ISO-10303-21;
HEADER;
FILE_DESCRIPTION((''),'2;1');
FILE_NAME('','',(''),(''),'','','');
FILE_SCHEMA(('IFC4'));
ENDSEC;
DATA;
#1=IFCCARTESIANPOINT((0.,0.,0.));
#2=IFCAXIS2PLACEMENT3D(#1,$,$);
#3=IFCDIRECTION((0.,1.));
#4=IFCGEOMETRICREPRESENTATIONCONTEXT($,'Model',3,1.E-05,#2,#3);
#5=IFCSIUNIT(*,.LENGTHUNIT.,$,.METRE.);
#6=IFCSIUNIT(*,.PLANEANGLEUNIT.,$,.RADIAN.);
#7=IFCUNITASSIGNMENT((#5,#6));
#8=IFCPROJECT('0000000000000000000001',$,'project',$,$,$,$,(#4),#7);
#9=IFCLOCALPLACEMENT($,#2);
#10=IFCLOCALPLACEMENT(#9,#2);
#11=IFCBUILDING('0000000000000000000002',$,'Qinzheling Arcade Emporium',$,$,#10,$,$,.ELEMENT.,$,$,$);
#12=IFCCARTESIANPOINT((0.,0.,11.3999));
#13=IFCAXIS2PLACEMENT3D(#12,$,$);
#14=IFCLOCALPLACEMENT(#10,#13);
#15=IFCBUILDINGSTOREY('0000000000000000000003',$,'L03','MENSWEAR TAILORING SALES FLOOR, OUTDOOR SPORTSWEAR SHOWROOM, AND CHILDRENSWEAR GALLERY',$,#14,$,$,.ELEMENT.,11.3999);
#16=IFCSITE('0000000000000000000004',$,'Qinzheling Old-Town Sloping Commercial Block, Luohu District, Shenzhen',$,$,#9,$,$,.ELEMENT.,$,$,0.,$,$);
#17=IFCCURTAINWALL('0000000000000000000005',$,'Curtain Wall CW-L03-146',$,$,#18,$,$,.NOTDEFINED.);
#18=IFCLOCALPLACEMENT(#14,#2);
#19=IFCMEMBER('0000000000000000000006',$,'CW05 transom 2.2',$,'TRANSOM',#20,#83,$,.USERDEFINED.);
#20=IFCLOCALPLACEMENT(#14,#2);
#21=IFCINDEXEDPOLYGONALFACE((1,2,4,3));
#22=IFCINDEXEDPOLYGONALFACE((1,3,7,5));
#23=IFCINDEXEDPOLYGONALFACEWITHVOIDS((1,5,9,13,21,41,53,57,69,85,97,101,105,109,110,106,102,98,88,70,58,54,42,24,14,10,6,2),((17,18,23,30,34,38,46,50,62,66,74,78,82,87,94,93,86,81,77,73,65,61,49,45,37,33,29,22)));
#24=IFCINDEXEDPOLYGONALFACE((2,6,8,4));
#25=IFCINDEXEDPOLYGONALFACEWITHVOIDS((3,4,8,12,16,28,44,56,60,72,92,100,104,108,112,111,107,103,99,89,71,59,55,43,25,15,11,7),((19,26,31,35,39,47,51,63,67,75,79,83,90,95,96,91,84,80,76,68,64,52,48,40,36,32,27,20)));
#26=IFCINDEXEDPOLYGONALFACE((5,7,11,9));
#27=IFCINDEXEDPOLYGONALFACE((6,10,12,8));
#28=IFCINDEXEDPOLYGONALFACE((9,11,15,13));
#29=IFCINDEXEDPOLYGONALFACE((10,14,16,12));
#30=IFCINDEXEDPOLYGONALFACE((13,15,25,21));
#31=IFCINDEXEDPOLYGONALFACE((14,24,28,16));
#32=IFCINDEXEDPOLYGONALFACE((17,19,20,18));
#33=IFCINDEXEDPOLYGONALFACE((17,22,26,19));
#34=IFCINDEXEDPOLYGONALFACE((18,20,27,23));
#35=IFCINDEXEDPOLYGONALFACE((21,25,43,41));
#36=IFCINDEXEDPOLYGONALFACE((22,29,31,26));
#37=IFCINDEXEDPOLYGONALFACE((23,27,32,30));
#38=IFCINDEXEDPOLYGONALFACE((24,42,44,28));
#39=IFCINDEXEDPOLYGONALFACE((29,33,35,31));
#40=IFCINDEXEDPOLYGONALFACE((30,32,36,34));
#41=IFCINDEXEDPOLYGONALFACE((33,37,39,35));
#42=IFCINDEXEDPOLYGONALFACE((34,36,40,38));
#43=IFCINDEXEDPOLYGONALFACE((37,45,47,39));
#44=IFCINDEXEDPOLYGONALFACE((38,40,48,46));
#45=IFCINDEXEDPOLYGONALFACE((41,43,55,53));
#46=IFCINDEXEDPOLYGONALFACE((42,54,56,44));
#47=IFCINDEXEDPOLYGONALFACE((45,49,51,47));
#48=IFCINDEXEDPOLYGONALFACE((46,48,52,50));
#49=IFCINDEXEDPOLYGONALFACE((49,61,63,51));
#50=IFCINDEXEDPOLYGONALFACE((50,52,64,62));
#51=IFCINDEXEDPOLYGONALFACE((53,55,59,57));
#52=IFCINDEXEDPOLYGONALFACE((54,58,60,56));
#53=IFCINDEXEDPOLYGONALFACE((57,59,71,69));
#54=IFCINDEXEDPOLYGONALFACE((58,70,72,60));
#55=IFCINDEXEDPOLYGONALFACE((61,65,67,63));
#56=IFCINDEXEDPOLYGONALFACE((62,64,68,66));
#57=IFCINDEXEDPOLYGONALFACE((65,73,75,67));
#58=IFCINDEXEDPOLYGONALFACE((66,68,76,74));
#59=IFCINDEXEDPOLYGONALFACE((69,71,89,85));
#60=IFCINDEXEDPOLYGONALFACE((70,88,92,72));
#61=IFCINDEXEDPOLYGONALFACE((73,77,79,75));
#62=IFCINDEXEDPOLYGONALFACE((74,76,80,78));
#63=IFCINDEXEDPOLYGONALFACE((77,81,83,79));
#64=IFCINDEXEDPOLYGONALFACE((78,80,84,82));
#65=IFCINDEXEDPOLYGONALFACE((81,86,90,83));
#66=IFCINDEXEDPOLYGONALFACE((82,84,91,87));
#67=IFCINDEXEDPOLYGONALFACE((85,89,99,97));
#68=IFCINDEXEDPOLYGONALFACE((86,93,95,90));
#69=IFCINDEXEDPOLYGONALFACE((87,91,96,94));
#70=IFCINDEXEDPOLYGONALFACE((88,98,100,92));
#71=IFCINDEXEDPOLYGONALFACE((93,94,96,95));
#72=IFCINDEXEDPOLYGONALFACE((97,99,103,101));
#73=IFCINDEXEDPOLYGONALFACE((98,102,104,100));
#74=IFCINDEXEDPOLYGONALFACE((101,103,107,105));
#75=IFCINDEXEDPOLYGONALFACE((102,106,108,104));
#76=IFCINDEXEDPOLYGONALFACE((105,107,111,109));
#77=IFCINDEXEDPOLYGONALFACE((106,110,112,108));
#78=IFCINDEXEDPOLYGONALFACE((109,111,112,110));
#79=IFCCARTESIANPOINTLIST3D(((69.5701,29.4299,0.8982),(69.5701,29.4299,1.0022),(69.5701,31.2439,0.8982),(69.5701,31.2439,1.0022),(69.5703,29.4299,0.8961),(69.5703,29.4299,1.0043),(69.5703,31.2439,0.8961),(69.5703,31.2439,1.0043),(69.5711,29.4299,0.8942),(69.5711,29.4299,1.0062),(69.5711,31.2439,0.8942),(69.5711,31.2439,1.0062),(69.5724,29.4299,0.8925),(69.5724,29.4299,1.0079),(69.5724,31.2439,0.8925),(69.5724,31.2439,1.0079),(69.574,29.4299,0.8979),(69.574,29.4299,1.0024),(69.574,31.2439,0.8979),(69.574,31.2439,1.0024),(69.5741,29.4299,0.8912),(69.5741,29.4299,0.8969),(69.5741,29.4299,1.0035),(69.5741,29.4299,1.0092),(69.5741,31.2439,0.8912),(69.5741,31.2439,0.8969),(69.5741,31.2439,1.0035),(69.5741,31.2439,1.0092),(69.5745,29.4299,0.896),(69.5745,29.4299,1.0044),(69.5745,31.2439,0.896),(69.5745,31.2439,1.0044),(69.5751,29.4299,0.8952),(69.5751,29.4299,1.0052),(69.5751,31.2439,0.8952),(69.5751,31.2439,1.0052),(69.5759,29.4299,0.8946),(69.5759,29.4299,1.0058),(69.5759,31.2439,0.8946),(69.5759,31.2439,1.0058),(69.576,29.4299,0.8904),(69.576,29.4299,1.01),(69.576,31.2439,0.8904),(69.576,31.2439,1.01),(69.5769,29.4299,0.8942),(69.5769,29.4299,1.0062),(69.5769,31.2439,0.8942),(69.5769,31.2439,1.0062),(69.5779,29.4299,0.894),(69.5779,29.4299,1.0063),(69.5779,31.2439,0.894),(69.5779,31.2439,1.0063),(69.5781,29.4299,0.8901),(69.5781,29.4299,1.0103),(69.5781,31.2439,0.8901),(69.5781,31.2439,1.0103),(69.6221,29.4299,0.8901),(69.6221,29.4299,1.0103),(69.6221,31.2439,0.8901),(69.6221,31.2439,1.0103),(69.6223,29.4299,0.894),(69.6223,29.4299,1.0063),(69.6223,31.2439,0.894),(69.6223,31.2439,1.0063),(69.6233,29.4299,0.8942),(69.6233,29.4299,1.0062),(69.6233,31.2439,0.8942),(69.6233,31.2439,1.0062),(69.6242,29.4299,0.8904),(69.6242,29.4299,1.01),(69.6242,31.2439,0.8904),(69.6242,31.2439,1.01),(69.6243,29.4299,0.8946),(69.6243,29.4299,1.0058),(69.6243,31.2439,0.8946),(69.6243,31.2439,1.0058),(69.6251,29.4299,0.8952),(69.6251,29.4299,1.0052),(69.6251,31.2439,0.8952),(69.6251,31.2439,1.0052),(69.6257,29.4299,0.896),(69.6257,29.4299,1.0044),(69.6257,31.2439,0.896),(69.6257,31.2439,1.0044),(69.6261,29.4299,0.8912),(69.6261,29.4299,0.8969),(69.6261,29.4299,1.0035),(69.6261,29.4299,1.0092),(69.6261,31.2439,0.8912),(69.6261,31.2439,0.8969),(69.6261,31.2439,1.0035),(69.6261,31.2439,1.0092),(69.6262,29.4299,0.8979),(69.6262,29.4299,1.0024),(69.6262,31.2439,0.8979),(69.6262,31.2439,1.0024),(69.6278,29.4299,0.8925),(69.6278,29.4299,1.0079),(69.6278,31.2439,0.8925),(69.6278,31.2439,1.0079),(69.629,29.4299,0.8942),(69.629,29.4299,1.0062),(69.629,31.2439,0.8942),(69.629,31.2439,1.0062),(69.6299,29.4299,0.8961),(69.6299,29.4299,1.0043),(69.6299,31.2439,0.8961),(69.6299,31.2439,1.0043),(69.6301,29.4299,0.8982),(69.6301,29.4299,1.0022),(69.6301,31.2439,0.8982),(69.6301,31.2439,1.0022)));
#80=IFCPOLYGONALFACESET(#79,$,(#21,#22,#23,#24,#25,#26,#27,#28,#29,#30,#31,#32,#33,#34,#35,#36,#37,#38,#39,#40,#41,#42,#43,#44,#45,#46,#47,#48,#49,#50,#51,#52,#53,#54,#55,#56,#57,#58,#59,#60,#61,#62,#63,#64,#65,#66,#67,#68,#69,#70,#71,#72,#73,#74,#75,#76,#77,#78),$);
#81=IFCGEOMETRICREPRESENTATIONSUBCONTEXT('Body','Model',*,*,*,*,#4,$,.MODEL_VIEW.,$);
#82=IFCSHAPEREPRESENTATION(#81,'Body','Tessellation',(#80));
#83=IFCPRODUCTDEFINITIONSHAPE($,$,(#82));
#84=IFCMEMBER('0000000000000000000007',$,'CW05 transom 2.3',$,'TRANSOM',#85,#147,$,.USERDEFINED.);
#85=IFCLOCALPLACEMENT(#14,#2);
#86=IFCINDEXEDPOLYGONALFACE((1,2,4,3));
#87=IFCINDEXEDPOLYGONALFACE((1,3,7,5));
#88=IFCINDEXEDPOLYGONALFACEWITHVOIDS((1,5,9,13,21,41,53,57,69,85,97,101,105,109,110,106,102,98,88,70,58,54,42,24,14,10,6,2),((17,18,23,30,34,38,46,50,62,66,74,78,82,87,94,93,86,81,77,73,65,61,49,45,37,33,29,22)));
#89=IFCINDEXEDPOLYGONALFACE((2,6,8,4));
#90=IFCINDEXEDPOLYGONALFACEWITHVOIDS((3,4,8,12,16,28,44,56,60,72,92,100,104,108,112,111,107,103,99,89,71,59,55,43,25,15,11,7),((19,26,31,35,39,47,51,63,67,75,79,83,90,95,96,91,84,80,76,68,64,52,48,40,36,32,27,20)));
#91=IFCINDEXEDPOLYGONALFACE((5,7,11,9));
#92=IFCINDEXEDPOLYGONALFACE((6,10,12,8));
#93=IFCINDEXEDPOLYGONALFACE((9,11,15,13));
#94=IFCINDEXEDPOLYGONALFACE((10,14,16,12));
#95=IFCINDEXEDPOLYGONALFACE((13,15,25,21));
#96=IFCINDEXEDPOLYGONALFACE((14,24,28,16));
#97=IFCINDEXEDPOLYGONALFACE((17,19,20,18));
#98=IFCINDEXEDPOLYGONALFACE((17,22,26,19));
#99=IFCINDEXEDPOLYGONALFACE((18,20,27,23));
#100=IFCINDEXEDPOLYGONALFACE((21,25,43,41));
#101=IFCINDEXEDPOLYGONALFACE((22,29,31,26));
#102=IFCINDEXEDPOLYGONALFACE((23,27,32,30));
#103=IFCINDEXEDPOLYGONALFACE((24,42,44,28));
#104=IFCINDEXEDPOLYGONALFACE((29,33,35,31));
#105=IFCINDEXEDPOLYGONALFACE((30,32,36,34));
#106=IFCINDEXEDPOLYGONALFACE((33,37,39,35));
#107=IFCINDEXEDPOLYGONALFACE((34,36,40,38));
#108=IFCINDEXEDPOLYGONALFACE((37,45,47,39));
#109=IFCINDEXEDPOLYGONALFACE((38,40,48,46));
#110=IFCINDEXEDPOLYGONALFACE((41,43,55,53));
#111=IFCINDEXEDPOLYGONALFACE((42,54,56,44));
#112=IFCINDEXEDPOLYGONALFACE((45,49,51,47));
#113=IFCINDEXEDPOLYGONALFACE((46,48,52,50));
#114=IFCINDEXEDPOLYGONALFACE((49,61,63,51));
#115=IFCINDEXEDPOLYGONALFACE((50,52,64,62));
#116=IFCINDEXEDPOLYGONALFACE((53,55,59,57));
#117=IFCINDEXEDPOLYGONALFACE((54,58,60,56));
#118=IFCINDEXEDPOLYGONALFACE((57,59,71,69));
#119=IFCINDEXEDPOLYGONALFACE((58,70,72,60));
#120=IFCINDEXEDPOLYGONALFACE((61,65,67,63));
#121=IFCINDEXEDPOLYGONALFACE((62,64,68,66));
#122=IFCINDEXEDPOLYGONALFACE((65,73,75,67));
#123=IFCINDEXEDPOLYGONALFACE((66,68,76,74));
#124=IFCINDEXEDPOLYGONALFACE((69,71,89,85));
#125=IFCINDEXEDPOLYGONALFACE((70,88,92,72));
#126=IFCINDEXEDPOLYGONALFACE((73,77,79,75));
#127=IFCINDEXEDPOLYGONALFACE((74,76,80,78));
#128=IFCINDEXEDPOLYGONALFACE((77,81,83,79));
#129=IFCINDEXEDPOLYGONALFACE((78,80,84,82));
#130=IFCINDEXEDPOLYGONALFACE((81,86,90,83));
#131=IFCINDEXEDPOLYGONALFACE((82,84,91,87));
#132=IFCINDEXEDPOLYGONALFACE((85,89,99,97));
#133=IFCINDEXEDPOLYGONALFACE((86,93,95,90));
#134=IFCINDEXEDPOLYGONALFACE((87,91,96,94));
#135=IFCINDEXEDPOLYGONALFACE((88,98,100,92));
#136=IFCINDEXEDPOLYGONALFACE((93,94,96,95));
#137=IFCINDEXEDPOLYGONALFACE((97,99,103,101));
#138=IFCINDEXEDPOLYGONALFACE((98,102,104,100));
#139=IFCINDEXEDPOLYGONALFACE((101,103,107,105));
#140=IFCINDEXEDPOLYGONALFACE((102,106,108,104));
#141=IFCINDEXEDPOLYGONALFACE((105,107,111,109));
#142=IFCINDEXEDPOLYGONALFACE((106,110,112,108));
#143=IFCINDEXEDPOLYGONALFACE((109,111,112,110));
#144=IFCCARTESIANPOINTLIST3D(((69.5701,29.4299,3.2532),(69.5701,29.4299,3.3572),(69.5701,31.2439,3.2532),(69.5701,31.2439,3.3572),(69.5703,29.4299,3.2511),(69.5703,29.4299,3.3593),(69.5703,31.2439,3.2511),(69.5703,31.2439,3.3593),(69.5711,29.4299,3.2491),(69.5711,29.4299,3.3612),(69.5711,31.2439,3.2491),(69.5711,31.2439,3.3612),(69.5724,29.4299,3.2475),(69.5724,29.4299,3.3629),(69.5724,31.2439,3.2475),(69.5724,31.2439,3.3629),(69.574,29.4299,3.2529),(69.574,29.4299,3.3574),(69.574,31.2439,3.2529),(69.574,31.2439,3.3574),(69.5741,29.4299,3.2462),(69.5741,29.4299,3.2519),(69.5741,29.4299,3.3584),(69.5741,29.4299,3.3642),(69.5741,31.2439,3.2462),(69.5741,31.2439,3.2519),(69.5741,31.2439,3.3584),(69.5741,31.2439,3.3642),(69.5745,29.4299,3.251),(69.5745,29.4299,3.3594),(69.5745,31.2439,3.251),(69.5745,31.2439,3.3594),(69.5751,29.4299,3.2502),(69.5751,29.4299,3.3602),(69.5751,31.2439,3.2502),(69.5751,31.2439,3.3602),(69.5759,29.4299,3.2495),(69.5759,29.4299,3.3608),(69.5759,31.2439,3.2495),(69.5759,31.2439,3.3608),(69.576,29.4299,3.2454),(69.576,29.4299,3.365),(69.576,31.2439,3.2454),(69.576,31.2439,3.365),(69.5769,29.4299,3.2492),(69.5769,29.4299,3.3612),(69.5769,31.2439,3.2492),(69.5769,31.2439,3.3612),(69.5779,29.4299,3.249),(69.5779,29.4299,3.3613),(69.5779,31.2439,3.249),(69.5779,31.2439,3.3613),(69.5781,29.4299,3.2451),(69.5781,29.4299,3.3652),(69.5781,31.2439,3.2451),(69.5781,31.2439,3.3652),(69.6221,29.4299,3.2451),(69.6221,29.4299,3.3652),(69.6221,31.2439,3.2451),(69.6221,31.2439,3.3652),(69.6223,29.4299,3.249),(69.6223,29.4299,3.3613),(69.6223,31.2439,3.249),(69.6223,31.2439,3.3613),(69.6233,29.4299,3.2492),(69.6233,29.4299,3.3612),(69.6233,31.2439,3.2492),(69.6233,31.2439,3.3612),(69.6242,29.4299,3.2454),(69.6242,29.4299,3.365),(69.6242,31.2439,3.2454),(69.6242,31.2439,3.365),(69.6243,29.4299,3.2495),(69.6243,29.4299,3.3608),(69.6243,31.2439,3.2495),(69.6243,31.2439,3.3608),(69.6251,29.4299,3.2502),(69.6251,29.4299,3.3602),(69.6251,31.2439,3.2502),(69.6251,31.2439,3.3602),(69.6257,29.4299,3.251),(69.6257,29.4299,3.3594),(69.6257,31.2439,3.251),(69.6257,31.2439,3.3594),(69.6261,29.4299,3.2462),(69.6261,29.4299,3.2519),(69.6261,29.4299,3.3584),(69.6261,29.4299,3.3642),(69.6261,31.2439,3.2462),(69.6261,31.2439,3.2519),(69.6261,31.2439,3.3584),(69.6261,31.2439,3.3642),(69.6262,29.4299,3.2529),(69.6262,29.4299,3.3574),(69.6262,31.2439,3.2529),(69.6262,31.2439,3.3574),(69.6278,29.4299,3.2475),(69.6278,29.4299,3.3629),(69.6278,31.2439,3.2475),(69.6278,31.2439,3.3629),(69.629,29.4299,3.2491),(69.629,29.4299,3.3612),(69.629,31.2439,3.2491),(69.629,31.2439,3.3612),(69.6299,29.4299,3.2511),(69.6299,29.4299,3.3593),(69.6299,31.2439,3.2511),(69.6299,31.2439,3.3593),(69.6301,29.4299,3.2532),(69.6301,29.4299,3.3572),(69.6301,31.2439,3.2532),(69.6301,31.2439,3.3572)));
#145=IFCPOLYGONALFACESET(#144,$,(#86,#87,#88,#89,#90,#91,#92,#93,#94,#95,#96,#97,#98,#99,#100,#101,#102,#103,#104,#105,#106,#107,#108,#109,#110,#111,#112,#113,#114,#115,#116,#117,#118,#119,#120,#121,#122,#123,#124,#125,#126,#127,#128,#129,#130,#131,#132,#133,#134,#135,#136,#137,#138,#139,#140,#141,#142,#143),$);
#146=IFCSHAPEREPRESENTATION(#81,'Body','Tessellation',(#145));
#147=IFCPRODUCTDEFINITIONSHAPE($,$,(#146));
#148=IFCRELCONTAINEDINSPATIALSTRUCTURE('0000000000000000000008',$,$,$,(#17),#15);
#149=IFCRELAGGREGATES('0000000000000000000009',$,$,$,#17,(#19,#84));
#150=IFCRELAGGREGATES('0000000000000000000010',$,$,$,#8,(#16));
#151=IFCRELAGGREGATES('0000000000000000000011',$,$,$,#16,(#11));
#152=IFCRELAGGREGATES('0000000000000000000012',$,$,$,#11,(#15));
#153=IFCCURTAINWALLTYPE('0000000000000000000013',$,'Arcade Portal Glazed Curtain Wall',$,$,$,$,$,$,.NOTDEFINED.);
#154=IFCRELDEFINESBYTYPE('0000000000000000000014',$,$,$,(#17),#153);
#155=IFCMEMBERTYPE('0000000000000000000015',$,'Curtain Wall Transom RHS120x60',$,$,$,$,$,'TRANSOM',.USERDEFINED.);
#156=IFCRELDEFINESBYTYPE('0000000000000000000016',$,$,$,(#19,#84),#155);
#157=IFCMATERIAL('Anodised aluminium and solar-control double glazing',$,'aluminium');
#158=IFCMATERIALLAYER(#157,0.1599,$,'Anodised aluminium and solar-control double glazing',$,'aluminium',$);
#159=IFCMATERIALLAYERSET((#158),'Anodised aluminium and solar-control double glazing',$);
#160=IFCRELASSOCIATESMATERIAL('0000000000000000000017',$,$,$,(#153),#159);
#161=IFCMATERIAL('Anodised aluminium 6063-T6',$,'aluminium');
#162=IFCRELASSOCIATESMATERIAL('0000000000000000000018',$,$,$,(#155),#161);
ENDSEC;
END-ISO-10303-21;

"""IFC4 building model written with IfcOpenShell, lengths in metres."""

from ifc_helpers import new_model, si_unit, direction, frame, origin, origin_2d, place, context, subcontext, project, spatial, hollow_rectangle, extrude, material, layer, layer_set, material_profile, profile_set, type_object, element, aggregate, save


model = new_model("IFC4")

# Units and contexts
model_context = context("Model", 3, precision=1e-05, world=origin(), true_north=direction((0.0, 1.0)))
body_context = subcontext(model_context, "Body", "Model", "MODEL_VIEW")
ifc_project = project(units=[si_unit("LENGTHUNIT", "METRE"), si_unit("PLANEANGLEUNIT", "RADIAN")], contexts=[model_context])

# Site, building, storey
site_placement = place(None, origin())
site = spatial("IfcSite", under=ifc_project, at=site_placement, Name="Qinzheling Old-Town Sloping Commercial Block, Luohu District, Shenzhen", CompositionType="ELEMENT", RefElevation=0.0)
building_placement = place(site_placement, origin())
building = spatial("IfcBuilding", under=site, at=building_placement, Name="Qinzheling Arcade Emporium", CompositionType="ELEMENT")
storey_placement = place(building_placement, frame((0.0, 0.0, 11.3999)))
storey = spatial("IfcBuildingStorey", under=building, at=storey_placement, Name="L03", Description="MENSWEAR TAILORING SALES FLOOR, OUTDOOR SPORTSWEAR SHOWROOM, AND CHILDRENSWEAR GALLERY", CompositionType="ELEMENT", Elevation=11.3999)

# Shared definitions
ifc_material_1 = material(Name="Anodised aluminium and solar-control double glazing", Category="aluminium")
ifc_layer_1 = layer(ifc_material_1, 0.1599, Name="Anodised aluminium and solar-control double glazing", Category="aluminium")
ifc_layer_set_1 = layer_set([ifc_layer_1], Name="Anodised aluminium and solar-control double glazing")
curtain_wall_type = type_object("IfcCurtainWallType", Name="Arcade Portal Glazed Curtain Wall", PredefinedType="NOTDEFINED", material=ifc_layer_set_1)
ifc_material_2 = material(Name="Anodised aluminium 6063-T6", Category="aluminium")

# Curtain wall, members
curtain_wall_1_placement = place(storey_placement, origin())
curtain_wall_1 = element("IfcCurtainWall", 1, at=curtain_wall_1_placement, inside=storey, type_object=curtain_wall_type, Name="Curtain Wall CW-L03-146", PredefinedType="NOTDEFINED")
ifc_material_profile_1 = material_profile(ifc_material_2, hollow_rectangle(XDim=0.0601, YDim=0.1201, WallThickness=0.0039, InnerFilletRadius=0.0039, OuterFilletRadius=0.0081, at=origin_2d()), Name="RHS 120x60x4", Category="aluminium")
ifc_profile_set_1 = profile_set([ifc_material_profile_1], Name="Anodised aluminium 6063-T6")
member_type_1 = type_object("IfcMemberType", Name="Curtain Wall Transom RHS120x60", ElementType="TRANSOM", PredefinedType="USERDEFINED", material=ifc_profile_set_1)
member_1_placement = place(storey_placement, frame((69.6001, 31.2439, 0.9502), z_axis=(0.0, -1.0, 0.0), x_axis=(1.0, 0.0, 0.0)))
member_1 = element("IfcMember", 2, at=member_1_placement, type_object=member_type_1, Name="CW05 transom 2.2", ObjectType="TRANSOM", PredefinedType="USERDEFINED", context=body_context, shape_type="SweptSolid", body=[
    extrude(hollow_rectangle(XDim=0.0601, YDim=0.1201, WallThickness=0.0039, InnerFilletRadius=0.0039, OuterFilletRadius=0.0081, at=origin_2d()), origin(), (0.0, 0.0, 1.0), 1.814),
])
member_2_placement = place(storey_placement, frame((69.6001, 31.2439, 3.3052), z_axis=(0.0, -1.0, 0.0), x_axis=(1.0, 0.0, 0.0)))
member_2 = element("IfcMember", 3, at=member_2_placement, type_object=member_type_1, Name="CW05 transom 2.3", ObjectType="TRANSOM", PredefinedType="USERDEFINED", context=body_context, shape_type="SweptSolid", body=[
    extrude(hollow_rectangle(XDim=0.0601, YDim=0.1201, WallThickness=0.0039, InnerFilletRadius=0.0039, OuterFilletRadius=0.0081, at=origin_2d()), origin(), (0.0, 0.0, 1.0), 1.814),
])

aggregate(curtain_wall_1, [member_1, member_2])

save(model, "model.ifc")
